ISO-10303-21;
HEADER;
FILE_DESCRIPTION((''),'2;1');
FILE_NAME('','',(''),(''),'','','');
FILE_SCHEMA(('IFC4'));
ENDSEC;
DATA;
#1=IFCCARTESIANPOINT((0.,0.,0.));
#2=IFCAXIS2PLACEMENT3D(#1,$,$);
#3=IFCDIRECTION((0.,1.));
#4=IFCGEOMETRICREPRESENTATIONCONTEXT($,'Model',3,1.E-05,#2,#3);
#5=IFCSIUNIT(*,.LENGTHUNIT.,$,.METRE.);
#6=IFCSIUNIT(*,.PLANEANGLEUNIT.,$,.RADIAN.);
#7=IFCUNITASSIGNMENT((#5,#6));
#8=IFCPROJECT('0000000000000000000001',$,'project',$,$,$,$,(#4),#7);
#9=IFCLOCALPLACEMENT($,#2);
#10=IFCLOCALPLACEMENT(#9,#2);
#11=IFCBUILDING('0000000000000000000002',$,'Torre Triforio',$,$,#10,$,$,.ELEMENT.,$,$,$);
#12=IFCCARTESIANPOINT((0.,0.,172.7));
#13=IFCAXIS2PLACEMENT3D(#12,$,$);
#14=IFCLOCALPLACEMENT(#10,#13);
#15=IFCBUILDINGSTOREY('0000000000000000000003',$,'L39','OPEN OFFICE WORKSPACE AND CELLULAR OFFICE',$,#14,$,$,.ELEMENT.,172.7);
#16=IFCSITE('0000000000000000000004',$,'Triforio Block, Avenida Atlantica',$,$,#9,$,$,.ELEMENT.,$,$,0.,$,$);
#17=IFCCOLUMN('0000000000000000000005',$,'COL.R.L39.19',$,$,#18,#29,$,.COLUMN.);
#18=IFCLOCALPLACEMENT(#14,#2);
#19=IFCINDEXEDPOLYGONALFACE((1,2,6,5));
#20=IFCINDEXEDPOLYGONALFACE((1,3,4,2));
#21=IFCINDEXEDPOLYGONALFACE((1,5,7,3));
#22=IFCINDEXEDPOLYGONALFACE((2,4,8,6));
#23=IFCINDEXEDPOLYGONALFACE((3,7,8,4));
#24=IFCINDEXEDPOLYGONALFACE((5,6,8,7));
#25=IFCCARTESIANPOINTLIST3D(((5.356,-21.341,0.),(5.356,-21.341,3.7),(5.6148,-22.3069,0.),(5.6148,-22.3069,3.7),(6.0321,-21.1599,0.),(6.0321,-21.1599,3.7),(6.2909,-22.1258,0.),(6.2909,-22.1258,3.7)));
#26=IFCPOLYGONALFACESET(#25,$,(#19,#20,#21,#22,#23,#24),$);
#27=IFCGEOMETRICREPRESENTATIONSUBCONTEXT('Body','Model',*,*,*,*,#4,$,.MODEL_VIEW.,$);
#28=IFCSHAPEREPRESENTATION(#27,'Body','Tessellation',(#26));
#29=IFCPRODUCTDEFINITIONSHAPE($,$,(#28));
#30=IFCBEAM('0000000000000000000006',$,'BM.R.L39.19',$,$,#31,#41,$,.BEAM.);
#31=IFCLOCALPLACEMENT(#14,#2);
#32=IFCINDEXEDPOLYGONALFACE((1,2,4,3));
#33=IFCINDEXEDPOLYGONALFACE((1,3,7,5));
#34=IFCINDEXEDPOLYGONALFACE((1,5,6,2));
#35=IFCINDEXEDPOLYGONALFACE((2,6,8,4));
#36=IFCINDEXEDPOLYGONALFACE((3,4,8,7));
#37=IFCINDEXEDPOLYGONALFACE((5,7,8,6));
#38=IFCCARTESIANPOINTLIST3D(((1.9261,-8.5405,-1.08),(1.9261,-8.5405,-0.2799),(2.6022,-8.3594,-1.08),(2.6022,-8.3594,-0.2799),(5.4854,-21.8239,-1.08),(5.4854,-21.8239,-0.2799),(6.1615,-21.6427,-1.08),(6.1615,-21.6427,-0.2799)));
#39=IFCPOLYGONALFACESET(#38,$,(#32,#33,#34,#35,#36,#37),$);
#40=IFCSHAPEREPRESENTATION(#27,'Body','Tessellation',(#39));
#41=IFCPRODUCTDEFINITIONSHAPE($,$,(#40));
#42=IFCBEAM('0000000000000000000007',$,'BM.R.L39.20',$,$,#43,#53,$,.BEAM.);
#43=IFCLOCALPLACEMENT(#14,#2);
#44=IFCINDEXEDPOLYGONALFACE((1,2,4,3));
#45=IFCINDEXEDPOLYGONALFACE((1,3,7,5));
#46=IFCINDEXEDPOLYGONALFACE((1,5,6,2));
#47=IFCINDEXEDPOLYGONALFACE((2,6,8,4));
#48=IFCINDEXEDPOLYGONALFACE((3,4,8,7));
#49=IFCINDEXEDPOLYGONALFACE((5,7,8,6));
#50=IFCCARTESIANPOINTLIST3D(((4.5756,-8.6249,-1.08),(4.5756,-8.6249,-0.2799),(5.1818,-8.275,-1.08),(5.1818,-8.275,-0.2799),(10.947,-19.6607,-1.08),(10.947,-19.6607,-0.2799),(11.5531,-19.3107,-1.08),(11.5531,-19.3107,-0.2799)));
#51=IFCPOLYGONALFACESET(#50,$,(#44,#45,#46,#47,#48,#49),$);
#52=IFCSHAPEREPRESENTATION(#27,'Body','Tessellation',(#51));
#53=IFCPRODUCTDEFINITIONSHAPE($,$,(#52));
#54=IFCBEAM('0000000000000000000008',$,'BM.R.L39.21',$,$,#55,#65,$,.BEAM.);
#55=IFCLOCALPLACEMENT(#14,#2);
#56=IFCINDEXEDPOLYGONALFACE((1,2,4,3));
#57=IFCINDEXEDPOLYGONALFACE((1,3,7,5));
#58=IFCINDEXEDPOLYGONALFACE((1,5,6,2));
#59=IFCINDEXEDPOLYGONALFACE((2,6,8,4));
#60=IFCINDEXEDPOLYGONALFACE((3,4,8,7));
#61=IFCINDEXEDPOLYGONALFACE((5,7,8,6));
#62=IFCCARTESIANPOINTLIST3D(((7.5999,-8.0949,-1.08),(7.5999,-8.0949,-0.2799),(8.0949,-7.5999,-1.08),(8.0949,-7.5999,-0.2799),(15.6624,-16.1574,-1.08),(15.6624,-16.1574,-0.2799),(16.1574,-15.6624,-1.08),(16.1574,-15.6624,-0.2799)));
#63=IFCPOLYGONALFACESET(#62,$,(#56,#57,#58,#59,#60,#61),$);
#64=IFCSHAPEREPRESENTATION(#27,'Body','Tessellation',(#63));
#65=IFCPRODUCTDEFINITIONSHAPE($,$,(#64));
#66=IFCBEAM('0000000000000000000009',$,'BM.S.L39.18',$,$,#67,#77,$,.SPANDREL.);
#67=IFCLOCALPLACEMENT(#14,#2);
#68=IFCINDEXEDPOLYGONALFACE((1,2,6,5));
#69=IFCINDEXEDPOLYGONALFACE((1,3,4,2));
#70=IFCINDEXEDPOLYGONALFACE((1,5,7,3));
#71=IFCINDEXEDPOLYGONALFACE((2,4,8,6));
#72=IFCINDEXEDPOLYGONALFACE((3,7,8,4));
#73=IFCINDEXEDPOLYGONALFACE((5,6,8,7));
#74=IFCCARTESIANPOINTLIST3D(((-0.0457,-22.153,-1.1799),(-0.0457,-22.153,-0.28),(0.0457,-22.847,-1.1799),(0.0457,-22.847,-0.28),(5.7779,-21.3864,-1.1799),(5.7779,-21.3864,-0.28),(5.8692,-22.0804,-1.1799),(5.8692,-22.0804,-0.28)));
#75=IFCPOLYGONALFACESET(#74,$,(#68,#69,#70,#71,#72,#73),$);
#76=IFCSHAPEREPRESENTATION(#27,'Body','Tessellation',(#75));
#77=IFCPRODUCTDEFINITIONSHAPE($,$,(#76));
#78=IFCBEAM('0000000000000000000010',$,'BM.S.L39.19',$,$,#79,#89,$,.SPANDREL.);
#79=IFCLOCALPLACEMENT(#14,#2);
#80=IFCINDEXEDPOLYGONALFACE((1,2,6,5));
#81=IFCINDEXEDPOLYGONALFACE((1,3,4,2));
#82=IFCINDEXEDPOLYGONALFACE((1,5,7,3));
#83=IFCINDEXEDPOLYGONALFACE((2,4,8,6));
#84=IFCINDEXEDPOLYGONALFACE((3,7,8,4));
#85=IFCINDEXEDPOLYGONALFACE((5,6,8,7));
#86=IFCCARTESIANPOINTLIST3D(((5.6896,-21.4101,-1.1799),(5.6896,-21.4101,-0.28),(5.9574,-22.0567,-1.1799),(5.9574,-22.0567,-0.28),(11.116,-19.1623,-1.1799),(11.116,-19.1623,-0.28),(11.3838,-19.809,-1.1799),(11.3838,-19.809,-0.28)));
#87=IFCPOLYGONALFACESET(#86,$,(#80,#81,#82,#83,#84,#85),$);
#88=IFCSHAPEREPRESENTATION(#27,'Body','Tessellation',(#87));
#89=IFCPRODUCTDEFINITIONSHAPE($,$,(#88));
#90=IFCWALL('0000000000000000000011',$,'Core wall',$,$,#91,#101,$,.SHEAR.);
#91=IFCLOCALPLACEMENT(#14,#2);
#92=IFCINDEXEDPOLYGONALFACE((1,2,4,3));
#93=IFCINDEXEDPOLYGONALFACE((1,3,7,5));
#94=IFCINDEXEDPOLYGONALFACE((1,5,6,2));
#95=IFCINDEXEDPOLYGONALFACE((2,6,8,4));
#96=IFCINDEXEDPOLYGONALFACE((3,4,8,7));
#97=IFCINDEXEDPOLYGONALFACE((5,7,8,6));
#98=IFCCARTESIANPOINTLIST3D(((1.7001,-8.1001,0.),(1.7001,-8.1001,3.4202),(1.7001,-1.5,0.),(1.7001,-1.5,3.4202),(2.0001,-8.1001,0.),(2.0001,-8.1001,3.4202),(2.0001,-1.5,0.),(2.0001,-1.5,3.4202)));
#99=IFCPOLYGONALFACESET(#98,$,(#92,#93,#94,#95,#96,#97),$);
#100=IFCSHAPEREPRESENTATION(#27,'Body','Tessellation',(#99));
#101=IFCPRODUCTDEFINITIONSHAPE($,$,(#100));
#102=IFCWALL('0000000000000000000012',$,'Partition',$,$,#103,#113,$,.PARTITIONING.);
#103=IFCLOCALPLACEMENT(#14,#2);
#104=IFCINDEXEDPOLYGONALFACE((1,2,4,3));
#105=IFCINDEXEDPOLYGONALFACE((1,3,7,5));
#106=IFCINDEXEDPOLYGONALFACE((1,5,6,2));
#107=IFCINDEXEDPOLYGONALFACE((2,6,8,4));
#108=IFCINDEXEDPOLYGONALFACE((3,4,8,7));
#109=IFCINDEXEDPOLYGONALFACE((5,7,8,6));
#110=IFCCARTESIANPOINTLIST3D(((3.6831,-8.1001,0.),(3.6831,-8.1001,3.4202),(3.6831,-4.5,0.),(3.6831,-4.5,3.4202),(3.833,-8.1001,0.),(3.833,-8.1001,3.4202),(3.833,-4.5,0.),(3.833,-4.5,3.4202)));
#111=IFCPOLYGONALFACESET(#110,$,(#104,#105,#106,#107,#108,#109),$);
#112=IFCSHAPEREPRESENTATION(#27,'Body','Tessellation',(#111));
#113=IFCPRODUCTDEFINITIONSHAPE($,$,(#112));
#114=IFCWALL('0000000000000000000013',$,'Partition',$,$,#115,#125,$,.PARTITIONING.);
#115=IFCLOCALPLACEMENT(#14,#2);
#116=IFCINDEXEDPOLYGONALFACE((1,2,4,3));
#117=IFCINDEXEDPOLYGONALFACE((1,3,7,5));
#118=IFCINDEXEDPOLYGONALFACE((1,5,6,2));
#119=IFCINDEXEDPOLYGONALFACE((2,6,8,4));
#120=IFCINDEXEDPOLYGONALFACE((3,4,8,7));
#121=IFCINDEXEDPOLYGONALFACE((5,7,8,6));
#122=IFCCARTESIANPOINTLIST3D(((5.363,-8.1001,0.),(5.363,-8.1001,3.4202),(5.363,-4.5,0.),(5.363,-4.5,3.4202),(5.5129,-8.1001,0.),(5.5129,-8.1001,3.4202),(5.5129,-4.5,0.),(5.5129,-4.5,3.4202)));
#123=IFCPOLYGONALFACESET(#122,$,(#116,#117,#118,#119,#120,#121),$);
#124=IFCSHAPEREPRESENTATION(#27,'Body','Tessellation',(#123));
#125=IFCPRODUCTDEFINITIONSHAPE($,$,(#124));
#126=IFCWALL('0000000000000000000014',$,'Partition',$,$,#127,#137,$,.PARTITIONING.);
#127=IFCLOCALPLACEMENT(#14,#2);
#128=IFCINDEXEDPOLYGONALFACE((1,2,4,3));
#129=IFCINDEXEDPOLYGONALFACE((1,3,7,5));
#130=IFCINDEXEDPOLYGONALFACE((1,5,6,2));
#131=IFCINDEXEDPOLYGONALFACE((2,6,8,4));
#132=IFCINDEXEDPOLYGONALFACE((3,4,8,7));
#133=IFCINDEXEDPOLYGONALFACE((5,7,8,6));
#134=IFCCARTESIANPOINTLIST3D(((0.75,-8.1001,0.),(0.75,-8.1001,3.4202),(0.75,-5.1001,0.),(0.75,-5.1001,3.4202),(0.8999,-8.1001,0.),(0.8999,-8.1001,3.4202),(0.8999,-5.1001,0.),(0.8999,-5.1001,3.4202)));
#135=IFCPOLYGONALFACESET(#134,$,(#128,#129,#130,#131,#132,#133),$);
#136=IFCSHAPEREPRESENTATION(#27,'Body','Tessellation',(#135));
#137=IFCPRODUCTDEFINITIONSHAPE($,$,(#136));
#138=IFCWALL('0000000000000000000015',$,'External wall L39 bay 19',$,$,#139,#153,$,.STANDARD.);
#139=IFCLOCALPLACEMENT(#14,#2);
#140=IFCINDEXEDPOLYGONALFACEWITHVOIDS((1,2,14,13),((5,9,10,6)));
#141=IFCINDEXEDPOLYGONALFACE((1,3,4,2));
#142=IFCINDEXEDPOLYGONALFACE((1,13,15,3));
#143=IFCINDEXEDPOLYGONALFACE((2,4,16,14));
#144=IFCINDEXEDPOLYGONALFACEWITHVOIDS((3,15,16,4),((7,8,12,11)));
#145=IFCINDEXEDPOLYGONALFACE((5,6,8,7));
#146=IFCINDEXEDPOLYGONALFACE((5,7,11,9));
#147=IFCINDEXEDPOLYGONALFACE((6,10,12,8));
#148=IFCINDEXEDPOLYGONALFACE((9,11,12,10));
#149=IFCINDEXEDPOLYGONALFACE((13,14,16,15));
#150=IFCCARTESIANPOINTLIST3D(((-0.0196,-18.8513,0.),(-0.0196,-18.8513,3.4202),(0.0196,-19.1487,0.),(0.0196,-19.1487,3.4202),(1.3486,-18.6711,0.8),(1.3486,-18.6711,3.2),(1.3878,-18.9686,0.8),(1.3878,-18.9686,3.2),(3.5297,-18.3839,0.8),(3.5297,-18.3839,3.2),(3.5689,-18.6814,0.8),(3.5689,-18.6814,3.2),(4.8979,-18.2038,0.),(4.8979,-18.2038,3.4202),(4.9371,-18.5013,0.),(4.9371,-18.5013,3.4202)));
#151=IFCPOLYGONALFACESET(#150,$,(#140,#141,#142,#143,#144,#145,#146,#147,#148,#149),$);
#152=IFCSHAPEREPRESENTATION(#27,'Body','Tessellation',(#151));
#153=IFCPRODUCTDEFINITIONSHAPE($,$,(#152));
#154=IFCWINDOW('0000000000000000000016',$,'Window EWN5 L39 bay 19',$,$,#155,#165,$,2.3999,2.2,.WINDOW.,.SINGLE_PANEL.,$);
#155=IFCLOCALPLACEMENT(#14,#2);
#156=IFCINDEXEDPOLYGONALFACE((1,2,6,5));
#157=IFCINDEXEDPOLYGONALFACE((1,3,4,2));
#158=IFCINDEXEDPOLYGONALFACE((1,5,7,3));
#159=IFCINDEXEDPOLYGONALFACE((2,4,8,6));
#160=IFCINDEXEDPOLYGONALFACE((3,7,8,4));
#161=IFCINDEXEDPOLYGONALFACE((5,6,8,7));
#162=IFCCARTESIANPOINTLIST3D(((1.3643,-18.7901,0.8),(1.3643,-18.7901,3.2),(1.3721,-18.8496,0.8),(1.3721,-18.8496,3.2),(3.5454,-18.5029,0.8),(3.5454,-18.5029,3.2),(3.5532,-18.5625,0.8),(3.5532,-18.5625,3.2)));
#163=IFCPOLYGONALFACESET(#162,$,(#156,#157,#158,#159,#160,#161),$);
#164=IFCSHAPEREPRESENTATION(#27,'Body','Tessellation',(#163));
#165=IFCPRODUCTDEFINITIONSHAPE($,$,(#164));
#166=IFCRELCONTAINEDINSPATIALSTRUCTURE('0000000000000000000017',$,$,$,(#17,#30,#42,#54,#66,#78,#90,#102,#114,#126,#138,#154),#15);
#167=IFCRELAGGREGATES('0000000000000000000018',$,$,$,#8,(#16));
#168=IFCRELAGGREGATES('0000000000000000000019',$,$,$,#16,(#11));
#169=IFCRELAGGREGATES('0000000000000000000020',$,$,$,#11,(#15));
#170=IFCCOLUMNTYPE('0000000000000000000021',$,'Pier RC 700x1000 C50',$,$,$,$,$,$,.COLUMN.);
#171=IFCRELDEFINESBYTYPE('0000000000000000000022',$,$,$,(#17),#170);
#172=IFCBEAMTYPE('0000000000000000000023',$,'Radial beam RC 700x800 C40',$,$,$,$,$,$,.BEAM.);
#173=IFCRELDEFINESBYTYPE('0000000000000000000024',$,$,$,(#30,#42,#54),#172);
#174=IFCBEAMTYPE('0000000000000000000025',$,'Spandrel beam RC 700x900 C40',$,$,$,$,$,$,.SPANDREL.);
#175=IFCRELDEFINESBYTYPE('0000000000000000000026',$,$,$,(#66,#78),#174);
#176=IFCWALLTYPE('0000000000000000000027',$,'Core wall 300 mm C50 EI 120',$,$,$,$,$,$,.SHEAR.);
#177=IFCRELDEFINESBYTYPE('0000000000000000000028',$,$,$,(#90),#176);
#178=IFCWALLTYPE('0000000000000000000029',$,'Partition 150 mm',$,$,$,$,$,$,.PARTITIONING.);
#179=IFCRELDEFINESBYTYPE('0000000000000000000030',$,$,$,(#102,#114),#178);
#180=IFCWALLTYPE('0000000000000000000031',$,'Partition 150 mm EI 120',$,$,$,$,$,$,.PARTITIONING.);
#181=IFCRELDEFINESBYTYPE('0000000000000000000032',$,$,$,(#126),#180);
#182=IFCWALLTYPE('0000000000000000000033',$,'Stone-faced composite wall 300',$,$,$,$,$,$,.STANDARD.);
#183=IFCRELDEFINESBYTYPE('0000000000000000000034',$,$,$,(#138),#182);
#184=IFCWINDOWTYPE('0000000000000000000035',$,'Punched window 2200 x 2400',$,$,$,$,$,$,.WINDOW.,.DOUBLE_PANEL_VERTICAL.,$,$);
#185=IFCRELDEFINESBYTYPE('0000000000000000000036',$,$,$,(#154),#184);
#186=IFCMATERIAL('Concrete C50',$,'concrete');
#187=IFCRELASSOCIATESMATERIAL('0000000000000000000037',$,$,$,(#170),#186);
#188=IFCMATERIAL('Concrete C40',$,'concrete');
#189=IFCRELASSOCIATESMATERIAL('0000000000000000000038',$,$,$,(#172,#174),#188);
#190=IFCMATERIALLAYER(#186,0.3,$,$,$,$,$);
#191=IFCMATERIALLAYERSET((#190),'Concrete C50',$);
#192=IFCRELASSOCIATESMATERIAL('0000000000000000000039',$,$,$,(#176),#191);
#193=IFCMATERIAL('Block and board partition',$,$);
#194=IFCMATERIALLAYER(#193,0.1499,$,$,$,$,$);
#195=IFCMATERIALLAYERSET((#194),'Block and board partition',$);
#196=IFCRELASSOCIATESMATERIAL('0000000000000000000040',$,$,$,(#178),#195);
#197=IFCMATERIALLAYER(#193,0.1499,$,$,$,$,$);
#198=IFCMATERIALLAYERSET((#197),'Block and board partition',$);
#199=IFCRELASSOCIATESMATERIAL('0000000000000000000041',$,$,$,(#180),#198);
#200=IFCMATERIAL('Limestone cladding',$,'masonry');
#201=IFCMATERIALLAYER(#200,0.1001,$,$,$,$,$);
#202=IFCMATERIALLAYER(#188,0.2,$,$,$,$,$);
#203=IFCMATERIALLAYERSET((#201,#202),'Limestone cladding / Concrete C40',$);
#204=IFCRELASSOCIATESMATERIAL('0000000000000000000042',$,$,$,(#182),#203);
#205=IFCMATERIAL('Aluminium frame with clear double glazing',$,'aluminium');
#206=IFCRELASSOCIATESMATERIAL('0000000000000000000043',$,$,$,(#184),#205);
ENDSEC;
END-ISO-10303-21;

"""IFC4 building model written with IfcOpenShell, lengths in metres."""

from ifc_helpers import new_model, si_unit, direction, frame, frame_2d, origin, origin_2d, place, context, subcontext, project, spatial, rectangle, extrude, material, layer, layer_set, material_profile, profile_set, type_object, element, fill, save


model = new_model("IFC4")

# Units and contexts
model_context = context("Model", 3, precision=1e-05, world=origin(), true_north=direction((0.0, 1.0)))
body_context = subcontext(model_context, "Body", "Model", "MODEL_VIEW")
ifc_project = project(units=[si_unit("LENGTHUNIT", "METRE"), si_unit("PLANEANGLEUNIT", "RADIAN")], contexts=[model_context])

# Site, building, storey
site_placement = place(None, origin())
site = spatial("IfcSite", under=ifc_project, at=site_placement, Name="Triforio Block, Avenida Atlantica", CompositionType="ELEMENT", RefElevation=0.0)
building_placement = place(site_placement, origin())
building = spatial("IfcBuilding", under=site, at=building_placement, Name="Torre Triforio", CompositionType="ELEMENT")
storey_placement = place(building_placement, frame((0.0, 0.0, 172.7)))
storey = spatial("IfcBuildingStorey", under=building, at=storey_placement, Name="L39", Description="OPEN OFFICE WORKSPACE AND CELLULAR OFFICE", CompositionType="ELEMENT", Elevation=172.7)

# Column
ifc_material_1 = material(Name="Concrete C50", Category="concrete")
ifc_material_profile_1 = material_profile(ifc_material_1, rectangle(XDim=0.7, YDim=1.0, at=origin_2d()), Name="RC 700x1000")
ifc_profile_set_1 = profile_set([ifc_material_profile_1], Name="Concrete C50")
column_type = type_object("IfcColumnType", Name="Pier RC 700x1000 C50", PredefinedType="COLUMN", material=ifc_profile_set_1)
column_placement = place(storey_placement, frame((5.8235, -21.7334, 0.0), z_axis=(0.0, 0.0, 1.0), x_axis=(0.965926, 0.258819, 0.0)))
element("IfcColumn", 1, at=column_placement, inside=storey, type_object=column_type, Name="COL.R.L39.19", PredefinedType="COLUMN", context=body_context, shape_type="SweptSolid", body=[
    extrude(rectangle(XDim=0.7, YDim=1.0, at=origin_2d()), origin(), (0.0, 0.0, 1.0), 3.7),
])

# Beams
ifc_material_2 = material(Name="Concrete C40", Category="concrete")
ifc_material_profile_2 = material_profile(ifc_material_2, rectangle(XDim=0.7, YDim=0.8, at=origin_2d()), Name="RC 700x800")
ifc_profile_set_2 = profile_set([ifc_material_profile_2], Name="Concrete C40")
beam_type_1 = type_object("IfcBeamType", Name="Radial beam RC 700x800 C40", PredefinedType="BEAM", material=ifc_profile_set_2)
beam_1_placement = place(storey_placement, frame((2.2642, -8.45, -0.6799), z_axis=(0.258822, -0.965925, 0.0), x_axis=(0.965925, 0.258822, 0.0)))
element("IfcBeam", 2, at=beam_1_placement, inside=storey, type_object=beam_type_1, Name="BM.R.L39.19", PredefinedType="BEAM", context=body_context, shape_type="SweptSolid", body=[
    extrude(rectangle(XDim=0.7, YDim=0.8, at=origin_2d()), origin(), (0.0, 0.0, 1.0), 13.752),
])
beam_2_placement = place(storey_placement, frame((4.8787, -8.45, -0.6799), z_axis=(0.499994, -0.866029, 0.0), x_axis=(0.866029, 0.499994, 0.0)))
element("IfcBeam", 3, at=beam_2_placement, inside=storey, type_object=beam_type_1, Name="BM.R.L39.20", PredefinedType="BEAM", context=body_context, shape_type="SweptSolid", body=[
    extrude(rectangle(XDim=0.7, YDim=0.8, at=origin_2d()), origin(), (0.0, 0.0, 1.0), 12.7429),
])
beam_3_placement = place(storey_placement, frame((7.8474, -7.8474, -0.6799), z_axis=(0.707107, -0.707107, 0.0), x_axis=(0.707107, 0.707107, 0.0)))
element("IfcBeam", 4, at=beam_3_placement, inside=storey, type_object=beam_type_1, Name="BM.R.L39.21", PredefinedType="BEAM", context=body_context, shape_type="SweptSolid", body=[
    extrude(rectangle(XDim=0.7, YDim=0.8, at=origin_2d()), origin(), (0.0, 0.0, 1.0), 11.4021),
])
ifc_material_profile_3 = material_profile(ifc_material_2, rectangle(XDim=0.7, YDim=0.8999, at=origin_2d()), Name="RC 700x900")
ifc_profile_set_3 = profile_set([ifc_material_profile_3], Name="Concrete C40")
beam_type_2 = type_object("IfcBeamType", Name="Spandrel beam RC 700x900 C40", PredefinedType="SPANDREL", material=ifc_profile_set_3)
beam_4_placement = place(storey_placement, frame((0.0, -22.5, -0.73), z_axis=(0.991447, 0.130514, 0.0), x_axis=(-0.130514, 0.991447, 0.0)))
element("IfcBeam", 5, at=beam_4_placement, inside=storey, type_object=beam_type_2, Name="BM.S.L39.18", PredefinedType="SPANDREL", context=body_context, shape_type="SweptSolid", body=[
    extrude(rectangle(XDim=0.7, YDim=0.8999, at=origin_2d()), origin(), (0.0, 0.0, 1.0), 5.8738),
])
beam_5_placement = place(storey_placement, frame((5.8235, -21.7334, -0.73), z_axis=(0.923875, 0.382693, 0.0), x_axis=(-0.382693, 0.923875, 0.0)))
element("IfcBeam", 6, at=beam_5_placement, inside=storey, type_object=beam_type_2, Name="BM.S.L39.19", PredefinedType="SPANDREL", context=body_context, shape_type="SweptSolid", body=[
    extrude(rectangle(XDim=0.7, YDim=0.8999, at=origin_2d()), origin(), (0.0, 0.0, 1.0), 5.8735),
])

# Walls
ifc_layer_1 = layer(ifc_material_1, 0.3)
ifc_layer_set_1 = layer_set([ifc_layer_1], Name="Concrete C50")
wall_type_1 = type_object("IfcWallType", Name="Core wall 300 mm C50 EI 120", PredefinedType="SHEAR", material=ifc_layer_set_1)
wall_1_placement = place(storey_placement, frame((1.8501, -8.1001, 0.0), z_axis=(0.0, 0.0, 1.0), x_axis=(0.0, 1.0, 0.0)))
element("IfcWall", 7, at=wall_1_placement, inside=storey, type_object=wall_type_1, Name="Core wall", PredefinedType="SHEAR", context=body_context, shape_type="SweptSolid", body=[
    extrude(rectangle(XDim=6.6001, YDim=0.3, at=frame_2d((3.3, 0.0))), origin(), (0.0, 0.0, 1.0), 3.4202),
])
ifc_material_3 = material(Name="Block and board partition")
ifc_layer_2 = layer(ifc_material_3, 0.1499)
ifc_layer_set_2 = layer_set([ifc_layer_2], Name="Block and board partition")
wall_type_2 = type_object("IfcWallType", Name="Partition 150 mm", PredefinedType="PARTITIONING", material=ifc_layer_set_2)
for number, where, z_axis, x_axis, name in (
    (8, (3.7581, -8.1001, 0.0), (0.0, 0.0, 1.0), (0.0, 1.0, 0.0), "Partition"),
    (9, (5.438, -8.1001, 0.0), (0.0, 0.0, 1.0), (0.0, 1.0, 0.0), "Partition"),
):
    element("IfcWall", number, at=place(storey_placement, frame(where, z_axis=z_axis, x_axis=x_axis)), inside=storey, type_object=wall_type_2, Name=name, PredefinedType="PARTITIONING", context=body_context, shape_type="SweptSolid", body=[
        extrude(rectangle(XDim=3.6001, YDim=0.1499, at=frame_2d((1.8, 0.0))), origin(), (0.0, 0.0, 1.0), 3.4202),
    ])
ifc_layer_3 = layer(ifc_material_3, 0.1499)
ifc_layer_set_3 = layer_set([ifc_layer_3], Name="Block and board partition")
wall_type_3 = type_object("IfcWallType", Name="Partition 150 mm EI 120", PredefinedType="PARTITIONING", material=ifc_layer_set_3)
wall_2_placement = place(storey_placement, frame((0.825, -8.1001, 0.0), z_axis=(0.0, 0.0, 1.0), x_axis=(0.0, 1.0, 0.0)))
element("IfcWall", 10, at=wall_2_placement, inside=storey, type_object=wall_type_3, Name="Partition", PredefinedType="PARTITIONING", context=body_context, shape_type="SweptSolid", body=[
    extrude(rectangle(XDim=3.0, YDim=0.1499, at=frame_2d((1.5, 0.0))), origin(), (0.0, 0.0, 1.0), 3.4202),
])

# Wall, opening, window
ifc_material_4 = material(Name="Limestone cladding", Category="masonry")
ifc_layer_4 = layer(ifc_material_4, 0.1001)
ifc_layer_5 = layer(ifc_material_2, 0.2)
ifc_layer_set_4 = layer_set([ifc_layer_4, ifc_layer_5], Name="Limestone cladding / Concrete C40")
wall_type_4 = type_object("IfcWallType", Name="Stone-faced composite wall 300", PredefinedType="STANDARD", material=ifc_layer_set_4)
wall_3_placement = place(storey_placement, frame((0.0, -19.0, 0.0), z_axis=(0.0, 0.0, 1.0), x_axis=(0.991443, 0.130539, 0.0)))
wall_3 = element("IfcWall", 11, at=wall_3_placement, inside=storey, type_object=wall_type_4, Name="External wall L39 bay 19", PredefinedType="STANDARD", context=body_context, shape_type="SweptSolid", body=[
    extrude(rectangle(XDim=4.96, YDim=0.3, at=frame_2d((2.48, 0.0))), origin(), (0.0, 0.0, 1.0), 3.4202),
])
opening_1_placement = place(wall_3_placement, frame((1.3799, 0.0, 0.8)))
opening_1 = element("IfcOpeningElement", 12, at=opening_1_placement, cuts=wall_3, PredefinedType="OPENING", context=body_context, shape_type="SweptSolid", body=[
    extrude(rectangle(XDim=2.2, YDim=2.3999, at=frame_2d((1.1001, 1.2))), frame((0.0, 0.1599, 0.0), z_axis=(0.0, -1.0, 0.0), x_axis=(1.0, 0.0, 0.0)), (0.0, 0.0, 1.0), 0.3201),
])
ifc_material_5 = material(Name="Aluminium frame with clear double glazing", Category="aluminium")
window_type_1 = type_object("IfcWindowType", Name="Punched window 2200 x 2400", PartitioningType="DOUBLE_PANEL_VERTICAL", PredefinedType="WINDOW", material=ifc_material_5)
window_1_placement = place(opening_1_placement, origin())
window_1 = element("IfcWindow", 13, at=window_1_placement, inside=storey, type_object=window_type_1, Name="Window EWN5 L39 bay 19", OverallHeight=2.3999, OverallWidth=2.2, PartitioningType="SINGLE_PANEL", PredefinedType="WINDOW", context=body_context, shape_type="SweptSolid", body=[
    extrude(rectangle(XDim=2.2, YDim=2.3999, at=frame_2d((1.1001, 1.2))), frame((0.0, 0.03, 0.0), z_axis=(0.0, -1.0, 0.0), x_axis=(1.0, 0.0, 0.0)), (0.0, 0.0, 1.0), 0.0601),
])
fill(opening_1, window_1)

save(model, "model.ifc")
